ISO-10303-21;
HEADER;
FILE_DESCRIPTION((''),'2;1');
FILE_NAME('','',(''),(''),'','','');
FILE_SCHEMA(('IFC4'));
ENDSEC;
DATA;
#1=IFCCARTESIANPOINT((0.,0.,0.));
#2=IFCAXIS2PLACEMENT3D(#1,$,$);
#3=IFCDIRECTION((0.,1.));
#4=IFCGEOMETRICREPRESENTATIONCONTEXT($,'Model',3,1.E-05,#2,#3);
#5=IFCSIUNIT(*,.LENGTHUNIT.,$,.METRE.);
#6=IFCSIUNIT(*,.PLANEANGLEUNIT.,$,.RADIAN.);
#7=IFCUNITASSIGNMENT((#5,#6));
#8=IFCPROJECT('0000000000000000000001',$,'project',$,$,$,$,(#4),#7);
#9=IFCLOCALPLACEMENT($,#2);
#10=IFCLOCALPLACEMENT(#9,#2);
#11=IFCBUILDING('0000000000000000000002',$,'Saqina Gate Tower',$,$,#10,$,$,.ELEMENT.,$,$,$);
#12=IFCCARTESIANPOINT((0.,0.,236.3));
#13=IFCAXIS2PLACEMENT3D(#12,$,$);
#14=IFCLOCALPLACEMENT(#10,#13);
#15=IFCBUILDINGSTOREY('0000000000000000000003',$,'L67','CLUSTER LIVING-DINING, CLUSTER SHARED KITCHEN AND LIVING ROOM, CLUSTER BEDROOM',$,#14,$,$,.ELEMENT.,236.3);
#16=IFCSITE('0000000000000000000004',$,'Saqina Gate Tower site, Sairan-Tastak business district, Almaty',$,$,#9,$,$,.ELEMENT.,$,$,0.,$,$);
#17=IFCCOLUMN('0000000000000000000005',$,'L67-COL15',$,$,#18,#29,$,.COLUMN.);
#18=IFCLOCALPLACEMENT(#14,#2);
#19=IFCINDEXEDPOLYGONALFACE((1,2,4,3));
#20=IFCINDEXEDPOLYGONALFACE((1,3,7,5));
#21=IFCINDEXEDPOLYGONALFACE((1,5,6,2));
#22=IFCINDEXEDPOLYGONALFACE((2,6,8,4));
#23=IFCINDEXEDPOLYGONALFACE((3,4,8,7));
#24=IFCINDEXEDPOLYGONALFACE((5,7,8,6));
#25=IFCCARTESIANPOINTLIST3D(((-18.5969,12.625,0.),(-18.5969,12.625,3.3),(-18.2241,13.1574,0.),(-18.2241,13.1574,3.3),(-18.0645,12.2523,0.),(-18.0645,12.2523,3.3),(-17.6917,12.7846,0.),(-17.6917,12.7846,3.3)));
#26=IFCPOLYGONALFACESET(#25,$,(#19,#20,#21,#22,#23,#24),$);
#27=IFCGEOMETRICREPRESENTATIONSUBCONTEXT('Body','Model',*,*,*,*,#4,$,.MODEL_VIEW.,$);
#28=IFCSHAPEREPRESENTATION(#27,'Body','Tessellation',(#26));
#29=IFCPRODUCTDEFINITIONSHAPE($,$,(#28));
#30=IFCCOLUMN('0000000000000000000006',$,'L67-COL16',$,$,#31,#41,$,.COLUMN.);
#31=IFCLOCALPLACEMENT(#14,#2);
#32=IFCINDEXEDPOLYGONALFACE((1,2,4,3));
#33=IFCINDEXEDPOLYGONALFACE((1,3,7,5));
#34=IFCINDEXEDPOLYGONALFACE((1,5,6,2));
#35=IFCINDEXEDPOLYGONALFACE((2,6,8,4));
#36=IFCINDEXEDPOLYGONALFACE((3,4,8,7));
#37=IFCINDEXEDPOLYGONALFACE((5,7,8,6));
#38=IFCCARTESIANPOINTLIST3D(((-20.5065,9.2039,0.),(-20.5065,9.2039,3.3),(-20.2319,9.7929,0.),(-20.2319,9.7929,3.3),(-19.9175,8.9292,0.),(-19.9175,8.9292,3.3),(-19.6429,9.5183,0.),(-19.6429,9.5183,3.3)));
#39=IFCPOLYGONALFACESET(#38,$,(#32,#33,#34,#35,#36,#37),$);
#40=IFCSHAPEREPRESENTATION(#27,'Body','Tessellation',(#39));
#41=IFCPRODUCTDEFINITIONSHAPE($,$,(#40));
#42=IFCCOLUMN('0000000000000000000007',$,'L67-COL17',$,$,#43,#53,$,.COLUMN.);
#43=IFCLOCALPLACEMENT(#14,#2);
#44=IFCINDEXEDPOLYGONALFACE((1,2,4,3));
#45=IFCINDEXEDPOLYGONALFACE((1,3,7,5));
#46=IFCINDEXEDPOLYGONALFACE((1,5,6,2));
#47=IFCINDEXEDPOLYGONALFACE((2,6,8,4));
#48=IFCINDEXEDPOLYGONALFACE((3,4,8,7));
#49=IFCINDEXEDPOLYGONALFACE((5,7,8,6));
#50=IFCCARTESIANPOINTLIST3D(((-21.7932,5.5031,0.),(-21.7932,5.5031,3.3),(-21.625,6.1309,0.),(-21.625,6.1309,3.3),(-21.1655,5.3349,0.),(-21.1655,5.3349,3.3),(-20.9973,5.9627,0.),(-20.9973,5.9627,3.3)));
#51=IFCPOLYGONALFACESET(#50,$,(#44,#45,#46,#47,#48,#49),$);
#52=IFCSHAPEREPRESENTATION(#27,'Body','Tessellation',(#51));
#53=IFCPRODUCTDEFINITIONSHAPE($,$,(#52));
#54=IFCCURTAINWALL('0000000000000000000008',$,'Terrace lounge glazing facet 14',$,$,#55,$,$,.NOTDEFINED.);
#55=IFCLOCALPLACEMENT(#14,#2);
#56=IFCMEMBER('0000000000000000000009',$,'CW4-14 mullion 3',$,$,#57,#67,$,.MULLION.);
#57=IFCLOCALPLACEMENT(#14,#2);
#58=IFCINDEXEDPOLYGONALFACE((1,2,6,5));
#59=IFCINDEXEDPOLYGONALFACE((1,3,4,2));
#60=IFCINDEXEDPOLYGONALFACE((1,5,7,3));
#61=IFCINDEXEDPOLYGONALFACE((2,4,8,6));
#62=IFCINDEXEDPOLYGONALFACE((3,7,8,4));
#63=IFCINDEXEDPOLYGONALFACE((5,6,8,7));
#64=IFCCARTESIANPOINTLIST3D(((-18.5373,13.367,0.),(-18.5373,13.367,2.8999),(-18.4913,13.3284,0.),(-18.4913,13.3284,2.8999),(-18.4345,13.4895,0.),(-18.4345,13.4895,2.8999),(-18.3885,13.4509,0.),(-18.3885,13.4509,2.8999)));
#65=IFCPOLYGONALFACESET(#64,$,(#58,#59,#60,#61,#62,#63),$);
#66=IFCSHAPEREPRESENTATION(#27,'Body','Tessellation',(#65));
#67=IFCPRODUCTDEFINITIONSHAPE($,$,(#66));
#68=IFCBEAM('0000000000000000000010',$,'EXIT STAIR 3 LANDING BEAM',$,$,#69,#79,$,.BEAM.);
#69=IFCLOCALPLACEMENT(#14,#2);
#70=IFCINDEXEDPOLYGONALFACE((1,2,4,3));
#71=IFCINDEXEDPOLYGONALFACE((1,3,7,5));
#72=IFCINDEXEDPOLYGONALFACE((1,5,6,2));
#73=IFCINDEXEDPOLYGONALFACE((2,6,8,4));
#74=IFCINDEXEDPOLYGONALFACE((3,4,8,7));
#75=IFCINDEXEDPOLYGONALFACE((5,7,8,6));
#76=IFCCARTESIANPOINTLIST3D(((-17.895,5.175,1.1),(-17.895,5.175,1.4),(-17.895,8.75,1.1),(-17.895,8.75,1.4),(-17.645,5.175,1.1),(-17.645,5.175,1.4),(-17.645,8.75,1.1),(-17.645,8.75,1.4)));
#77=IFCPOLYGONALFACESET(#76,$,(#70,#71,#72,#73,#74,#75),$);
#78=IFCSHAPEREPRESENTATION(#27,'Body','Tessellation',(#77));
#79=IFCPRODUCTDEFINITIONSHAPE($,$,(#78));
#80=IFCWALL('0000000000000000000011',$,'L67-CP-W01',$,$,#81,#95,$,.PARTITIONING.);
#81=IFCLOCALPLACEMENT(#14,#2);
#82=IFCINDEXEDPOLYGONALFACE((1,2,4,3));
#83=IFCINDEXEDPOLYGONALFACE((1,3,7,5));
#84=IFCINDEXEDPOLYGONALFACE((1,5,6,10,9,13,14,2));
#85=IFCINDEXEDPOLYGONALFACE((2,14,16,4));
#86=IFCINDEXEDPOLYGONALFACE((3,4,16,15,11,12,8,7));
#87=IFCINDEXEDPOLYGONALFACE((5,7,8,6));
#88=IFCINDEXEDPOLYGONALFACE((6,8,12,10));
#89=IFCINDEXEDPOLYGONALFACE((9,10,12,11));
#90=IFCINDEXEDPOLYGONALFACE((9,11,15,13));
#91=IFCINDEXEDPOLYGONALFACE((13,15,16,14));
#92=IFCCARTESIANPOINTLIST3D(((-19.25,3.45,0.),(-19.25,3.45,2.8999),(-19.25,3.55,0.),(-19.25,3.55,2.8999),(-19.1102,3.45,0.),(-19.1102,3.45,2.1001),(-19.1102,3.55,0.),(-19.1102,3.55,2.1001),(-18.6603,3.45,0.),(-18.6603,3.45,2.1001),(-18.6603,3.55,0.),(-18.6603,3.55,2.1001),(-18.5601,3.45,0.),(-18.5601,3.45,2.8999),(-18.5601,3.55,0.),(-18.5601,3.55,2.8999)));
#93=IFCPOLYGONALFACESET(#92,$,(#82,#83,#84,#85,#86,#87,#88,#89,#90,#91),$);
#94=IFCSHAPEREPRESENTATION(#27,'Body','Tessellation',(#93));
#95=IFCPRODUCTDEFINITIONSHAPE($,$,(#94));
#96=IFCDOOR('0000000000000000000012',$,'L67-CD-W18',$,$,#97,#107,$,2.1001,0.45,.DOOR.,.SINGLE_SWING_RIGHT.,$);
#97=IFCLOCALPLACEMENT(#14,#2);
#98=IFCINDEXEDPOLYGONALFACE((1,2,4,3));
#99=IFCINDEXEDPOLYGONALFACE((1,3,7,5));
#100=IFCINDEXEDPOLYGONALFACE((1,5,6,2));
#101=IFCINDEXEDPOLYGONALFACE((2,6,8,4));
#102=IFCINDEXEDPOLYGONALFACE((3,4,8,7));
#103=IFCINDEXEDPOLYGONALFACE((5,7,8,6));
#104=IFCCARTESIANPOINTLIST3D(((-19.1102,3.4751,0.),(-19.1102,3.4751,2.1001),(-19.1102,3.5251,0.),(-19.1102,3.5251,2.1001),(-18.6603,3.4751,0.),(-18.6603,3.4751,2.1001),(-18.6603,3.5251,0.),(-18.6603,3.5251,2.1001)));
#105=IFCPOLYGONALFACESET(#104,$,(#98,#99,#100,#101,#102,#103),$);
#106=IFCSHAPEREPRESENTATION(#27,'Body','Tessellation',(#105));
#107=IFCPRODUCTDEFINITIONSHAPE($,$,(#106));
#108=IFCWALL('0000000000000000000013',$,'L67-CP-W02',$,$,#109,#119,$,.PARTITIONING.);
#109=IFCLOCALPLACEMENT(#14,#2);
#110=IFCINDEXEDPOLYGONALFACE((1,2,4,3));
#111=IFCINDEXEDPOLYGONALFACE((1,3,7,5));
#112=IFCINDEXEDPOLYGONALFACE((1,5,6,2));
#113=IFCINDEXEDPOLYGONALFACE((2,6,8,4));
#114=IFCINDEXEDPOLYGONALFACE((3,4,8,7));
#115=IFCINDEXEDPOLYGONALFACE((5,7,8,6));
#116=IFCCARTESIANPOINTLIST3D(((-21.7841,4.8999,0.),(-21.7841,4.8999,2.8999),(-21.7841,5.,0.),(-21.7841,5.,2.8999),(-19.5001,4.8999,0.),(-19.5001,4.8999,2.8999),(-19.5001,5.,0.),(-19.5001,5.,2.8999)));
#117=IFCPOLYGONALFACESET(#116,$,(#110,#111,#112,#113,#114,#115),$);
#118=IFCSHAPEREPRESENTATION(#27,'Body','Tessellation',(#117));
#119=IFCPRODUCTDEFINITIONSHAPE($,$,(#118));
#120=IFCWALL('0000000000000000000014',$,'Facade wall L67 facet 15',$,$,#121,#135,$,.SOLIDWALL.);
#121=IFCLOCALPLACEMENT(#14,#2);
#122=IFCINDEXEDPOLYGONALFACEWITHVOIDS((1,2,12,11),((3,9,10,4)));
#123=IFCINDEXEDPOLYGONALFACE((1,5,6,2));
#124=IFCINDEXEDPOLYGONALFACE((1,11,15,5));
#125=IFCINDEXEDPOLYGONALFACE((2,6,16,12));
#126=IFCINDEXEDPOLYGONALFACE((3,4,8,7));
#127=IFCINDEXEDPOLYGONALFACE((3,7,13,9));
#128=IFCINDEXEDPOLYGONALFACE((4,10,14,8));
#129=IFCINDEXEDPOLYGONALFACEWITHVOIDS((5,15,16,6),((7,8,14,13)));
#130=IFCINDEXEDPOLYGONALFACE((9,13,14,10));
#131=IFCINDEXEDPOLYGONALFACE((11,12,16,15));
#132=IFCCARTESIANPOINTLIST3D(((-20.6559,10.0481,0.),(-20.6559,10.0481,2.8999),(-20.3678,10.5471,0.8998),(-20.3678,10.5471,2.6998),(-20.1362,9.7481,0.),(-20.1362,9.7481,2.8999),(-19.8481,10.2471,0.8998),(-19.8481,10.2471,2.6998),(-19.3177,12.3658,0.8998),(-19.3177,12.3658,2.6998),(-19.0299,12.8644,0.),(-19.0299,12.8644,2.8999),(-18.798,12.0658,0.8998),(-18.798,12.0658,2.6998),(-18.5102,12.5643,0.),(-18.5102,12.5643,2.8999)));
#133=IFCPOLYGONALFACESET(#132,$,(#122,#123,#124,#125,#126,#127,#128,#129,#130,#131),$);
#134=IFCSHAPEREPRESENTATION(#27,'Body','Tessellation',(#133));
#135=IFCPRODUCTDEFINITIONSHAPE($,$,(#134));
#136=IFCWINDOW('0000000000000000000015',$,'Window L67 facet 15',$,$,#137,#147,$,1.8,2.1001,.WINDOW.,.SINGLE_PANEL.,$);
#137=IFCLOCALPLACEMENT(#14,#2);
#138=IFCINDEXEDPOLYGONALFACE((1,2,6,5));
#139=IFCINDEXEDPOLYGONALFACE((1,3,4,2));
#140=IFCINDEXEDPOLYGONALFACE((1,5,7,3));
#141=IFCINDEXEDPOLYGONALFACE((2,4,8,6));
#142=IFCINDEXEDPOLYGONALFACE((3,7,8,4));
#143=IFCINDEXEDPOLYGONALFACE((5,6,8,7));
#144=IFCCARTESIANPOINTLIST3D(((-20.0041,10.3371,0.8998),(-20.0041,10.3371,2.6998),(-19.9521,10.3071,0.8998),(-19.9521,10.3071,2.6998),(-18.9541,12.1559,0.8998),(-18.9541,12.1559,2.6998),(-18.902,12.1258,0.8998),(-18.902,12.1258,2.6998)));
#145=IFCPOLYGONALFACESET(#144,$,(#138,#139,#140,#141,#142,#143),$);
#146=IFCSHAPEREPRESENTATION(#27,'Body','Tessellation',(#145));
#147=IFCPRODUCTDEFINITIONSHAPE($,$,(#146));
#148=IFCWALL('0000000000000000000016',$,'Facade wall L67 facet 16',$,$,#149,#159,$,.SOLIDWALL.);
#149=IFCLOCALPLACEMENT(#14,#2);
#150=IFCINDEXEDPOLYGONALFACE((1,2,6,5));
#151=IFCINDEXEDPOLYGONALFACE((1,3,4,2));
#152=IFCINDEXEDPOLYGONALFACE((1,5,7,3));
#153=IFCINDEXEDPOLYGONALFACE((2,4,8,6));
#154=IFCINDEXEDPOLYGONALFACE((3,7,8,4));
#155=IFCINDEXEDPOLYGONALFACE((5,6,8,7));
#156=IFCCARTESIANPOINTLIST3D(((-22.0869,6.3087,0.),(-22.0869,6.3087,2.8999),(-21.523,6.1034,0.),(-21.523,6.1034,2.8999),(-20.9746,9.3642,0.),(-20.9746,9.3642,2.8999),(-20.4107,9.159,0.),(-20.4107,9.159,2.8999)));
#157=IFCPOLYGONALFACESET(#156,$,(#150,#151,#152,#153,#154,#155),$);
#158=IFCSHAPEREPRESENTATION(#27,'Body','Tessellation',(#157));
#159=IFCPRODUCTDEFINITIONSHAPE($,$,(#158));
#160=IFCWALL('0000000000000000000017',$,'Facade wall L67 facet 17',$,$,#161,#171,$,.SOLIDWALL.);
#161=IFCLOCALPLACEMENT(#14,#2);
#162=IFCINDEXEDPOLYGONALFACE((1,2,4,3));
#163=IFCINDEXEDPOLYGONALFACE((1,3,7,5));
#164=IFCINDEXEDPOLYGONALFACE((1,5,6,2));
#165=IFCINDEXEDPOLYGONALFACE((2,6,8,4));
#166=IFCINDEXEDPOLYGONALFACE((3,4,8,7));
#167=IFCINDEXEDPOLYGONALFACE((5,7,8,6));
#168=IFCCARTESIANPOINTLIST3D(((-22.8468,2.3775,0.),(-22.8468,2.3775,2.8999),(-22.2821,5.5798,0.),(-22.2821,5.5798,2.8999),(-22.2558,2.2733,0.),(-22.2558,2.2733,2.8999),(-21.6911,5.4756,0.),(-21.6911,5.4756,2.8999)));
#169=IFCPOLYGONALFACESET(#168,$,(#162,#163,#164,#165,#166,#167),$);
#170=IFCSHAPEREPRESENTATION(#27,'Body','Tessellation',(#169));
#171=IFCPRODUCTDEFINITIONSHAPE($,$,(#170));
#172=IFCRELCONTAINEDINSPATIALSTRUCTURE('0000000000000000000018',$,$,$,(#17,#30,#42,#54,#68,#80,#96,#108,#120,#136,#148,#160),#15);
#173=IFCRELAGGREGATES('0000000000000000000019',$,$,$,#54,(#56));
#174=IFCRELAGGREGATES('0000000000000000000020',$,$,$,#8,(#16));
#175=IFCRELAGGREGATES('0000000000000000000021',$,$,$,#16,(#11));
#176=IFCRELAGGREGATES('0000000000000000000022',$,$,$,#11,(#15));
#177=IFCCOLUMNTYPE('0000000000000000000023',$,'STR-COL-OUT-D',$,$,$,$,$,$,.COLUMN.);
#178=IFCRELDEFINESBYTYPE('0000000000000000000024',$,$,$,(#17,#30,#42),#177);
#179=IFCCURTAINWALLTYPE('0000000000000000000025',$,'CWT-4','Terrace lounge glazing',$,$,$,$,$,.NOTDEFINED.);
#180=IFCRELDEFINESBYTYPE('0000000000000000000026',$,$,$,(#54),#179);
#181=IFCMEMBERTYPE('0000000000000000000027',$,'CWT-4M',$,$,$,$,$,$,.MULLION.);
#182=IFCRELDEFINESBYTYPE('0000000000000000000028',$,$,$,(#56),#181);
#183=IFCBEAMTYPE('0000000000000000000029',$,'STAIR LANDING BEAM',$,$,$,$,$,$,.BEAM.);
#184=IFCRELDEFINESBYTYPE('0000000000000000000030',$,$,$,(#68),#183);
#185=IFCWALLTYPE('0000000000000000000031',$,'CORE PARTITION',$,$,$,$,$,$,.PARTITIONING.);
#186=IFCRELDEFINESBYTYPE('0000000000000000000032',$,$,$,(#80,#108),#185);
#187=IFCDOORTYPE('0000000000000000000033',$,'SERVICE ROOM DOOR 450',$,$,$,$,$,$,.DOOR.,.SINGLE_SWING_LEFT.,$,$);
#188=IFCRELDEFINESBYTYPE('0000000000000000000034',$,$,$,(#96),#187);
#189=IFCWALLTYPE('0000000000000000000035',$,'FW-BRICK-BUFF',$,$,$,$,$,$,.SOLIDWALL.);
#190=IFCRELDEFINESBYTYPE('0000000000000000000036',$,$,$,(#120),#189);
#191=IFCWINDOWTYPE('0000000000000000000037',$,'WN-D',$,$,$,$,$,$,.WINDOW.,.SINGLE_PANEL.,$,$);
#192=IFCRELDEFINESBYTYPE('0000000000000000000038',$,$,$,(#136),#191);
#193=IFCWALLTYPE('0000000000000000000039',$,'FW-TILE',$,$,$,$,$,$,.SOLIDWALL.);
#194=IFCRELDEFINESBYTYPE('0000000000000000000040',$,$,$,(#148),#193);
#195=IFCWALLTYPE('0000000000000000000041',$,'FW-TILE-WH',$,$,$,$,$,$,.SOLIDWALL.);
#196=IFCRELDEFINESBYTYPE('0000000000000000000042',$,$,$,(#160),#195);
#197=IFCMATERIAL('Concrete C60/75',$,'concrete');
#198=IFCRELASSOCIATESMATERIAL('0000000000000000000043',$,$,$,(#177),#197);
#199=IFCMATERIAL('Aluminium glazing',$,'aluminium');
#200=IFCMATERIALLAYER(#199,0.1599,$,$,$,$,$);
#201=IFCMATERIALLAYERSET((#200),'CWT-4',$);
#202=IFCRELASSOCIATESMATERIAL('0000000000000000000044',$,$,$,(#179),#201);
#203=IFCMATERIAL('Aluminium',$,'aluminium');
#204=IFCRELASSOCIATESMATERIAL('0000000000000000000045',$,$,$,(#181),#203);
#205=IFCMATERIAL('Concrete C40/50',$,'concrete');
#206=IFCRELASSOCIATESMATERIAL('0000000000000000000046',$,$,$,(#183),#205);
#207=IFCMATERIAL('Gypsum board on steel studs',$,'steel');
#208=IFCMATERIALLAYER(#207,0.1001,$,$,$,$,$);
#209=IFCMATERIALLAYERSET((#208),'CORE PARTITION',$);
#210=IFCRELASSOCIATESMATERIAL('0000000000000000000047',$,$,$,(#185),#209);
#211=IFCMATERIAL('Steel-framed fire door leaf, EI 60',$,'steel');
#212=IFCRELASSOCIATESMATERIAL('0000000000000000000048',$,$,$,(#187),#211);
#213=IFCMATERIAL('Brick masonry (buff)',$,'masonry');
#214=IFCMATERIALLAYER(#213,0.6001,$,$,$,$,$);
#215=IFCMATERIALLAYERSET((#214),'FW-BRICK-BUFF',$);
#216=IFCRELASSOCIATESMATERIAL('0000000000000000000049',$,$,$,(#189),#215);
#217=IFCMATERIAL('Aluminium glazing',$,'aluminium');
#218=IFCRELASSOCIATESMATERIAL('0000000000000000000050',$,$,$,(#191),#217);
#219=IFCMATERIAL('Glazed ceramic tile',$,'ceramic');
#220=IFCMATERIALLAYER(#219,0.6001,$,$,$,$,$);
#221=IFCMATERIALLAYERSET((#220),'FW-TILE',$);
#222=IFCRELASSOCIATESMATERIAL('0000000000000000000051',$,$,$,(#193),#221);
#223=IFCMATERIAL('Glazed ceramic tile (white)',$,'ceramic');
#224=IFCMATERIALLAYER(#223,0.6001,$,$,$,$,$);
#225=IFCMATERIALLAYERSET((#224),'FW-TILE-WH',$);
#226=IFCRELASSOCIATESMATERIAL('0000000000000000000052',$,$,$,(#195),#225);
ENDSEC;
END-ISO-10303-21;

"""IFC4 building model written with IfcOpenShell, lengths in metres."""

from ifc_helpers import new_model, si_unit, direction, frame, frame_2d, origin, origin_2d, place, context, subcontext, project, spatial, rectangle, extrude, material, layer, layer_set, material_profile, profile_set, type_object, element, fill, aggregate, save


model = new_model("IFC4")

# Units and contexts
model_context = context("Model", 3, precision=1e-05, world=origin(), true_north=direction((0.0, 1.0)))
body_context = subcontext(model_context, "Body", "Model", "MODEL_VIEW")
ifc_project = project(units=[si_unit("LENGTHUNIT", "METRE"), si_unit("PLANEANGLEUNIT", "RADIAN")], contexts=[model_context])

# Site, building, storey
site_placement = place(None, origin())
site = spatial("IfcSite", under=ifc_project, at=site_placement, Name="Saqina Gate Tower site, Sairan-Tastak business district, Almaty", CompositionType="ELEMENT", RefElevation=0.0)
building_placement = place(site_placement, origin())
building = spatial("IfcBuilding", under=site, at=building_placement, Name="Saqina Gate Tower", CompositionType="ELEMENT")
storey_placement = place(building_placement, frame((0.0, 0.0, 236.3)))
storey = spatial("IfcBuildingStorey", under=building, at=storey_placement, Name="L67", Description="CLUSTER LIVING-DINING, CLUSTER SHARED KITCHEN AND LIVING ROOM, CLUSTER BEDROOM", CompositionType="ELEMENT", Elevation=236.3)

# Columns
ifc_material_1 = material(Name="Concrete C60/75", Category="concrete")
ifc_material_profile_1 = material_profile(ifc_material_1, rectangle(XDim=0.6499, YDim=0.6499, at=origin_2d()), Name="RC 650x650")
ifc_profile_set_1 = profile_set([ifc_material_profile_1], Name="Concrete C60/75")
column_type = type_object("IfcColumnType", Name="STR-COL-OUT-D", PredefinedType="COLUMN", material=ifc_profile_set_1)
for number, where, z_axis, x_axis, name in (
    (1, (-18.1443, 12.7048, 0.0), (0.0, 0.0, 1.0), (-0.819152, 0.573576, 0.0), "L67-COL15"),
    (2, (-20.0747, 9.3611, 0.0), (0.0, 0.0, 1.0), (-0.906308, 0.422618, 0.0), "L67-COL16"),
    (3, (-21.3953, 5.7329, 0.0), (0.0, 0.0, 1.0), (-0.965926, 0.258819, 0.0), "L67-COL17"),
):
    element("IfcColumn", number, at=place(storey_placement, frame(where, z_axis=z_axis, x_axis=x_axis)), inside=storey, type_object=column_type, Name=name, PredefinedType="COLUMN", context=body_context, shape_type="SweptSolid", body=[
        extrude(rectangle(XDim=0.6499, YDim=0.6499, at=origin_2d()), origin(), (0.0, 0.0, 1.0), 3.3),
    ])

# Curtain wall, member
ifc_material_2 = material(Name="Aluminium glazing", Category="aluminium")
ifc_layer_1 = layer(ifc_material_2, 0.1599)
ifc_layer_set_1 = layer_set([ifc_layer_1], Name="CWT-4")
curtain_wall_type = type_object("IfcCurtainWallType", Name="CWT-4", Description="Terrace lounge glazing", PredefinedType="NOTDEFINED", material=ifc_layer_set_1)
curtain_wall_placement = place(storey_placement, origin())
curtain_wall = element("IfcCurtainWall", 4, at=curtain_wall_placement, inside=storey, type_object=curtain_wall_type, Name="Terrace lounge glazing facet 14", PredefinedType="NOTDEFINED")
ifc_material_3 = material(Name="Aluminium", Category="aluminium")
ifc_material_profile_2 = material_profile(ifc_material_3, rectangle(XDim=0.0601, YDim=0.1599, at=origin_2d()), Name="Aluminium 60x160")
ifc_profile_set_2 = profile_set([ifc_material_profile_2], Name="Aluminium")
member_type = type_object("IfcMemberType", Name="CWT-4M", PredefinedType="MULLION", material=ifc_profile_set_2)
member_placement = place(storey_placement, frame((-18.4629, 13.4089, 0.0), z_axis=(0.0, 0.0, 1.0), x_axis=(0.766046, -0.642785, 0.0)))
member = element("IfcMember", 5, at=member_placement, type_object=member_type, Name="CW4-14 mullion 3", PredefinedType="MULLION", context=body_context, shape_type="SweptSolid", body=[
    extrude(rectangle(XDim=0.0601, YDim=0.1599, at=origin_2d()), origin(), (0.0, 0.0, 1.0), 2.8999),
])
aggregate(curtain_wall, [member])

# Beam
ifc_material_4 = material(Name="Concrete C40/50", Category="concrete")
ifc_material_profile_3 = material_profile(ifc_material_4, rectangle(XDim=0.25, YDim=0.3, at=origin_2d()), Name="STAIR LANDING BEAM")
ifc_profile_set_3 = profile_set([ifc_material_profile_3], Name="Concrete C40/50")
beam_type = type_object("IfcBeamType", Name="STAIR LANDING BEAM", PredefinedType="BEAM", material=ifc_profile_set_3)
beam_placement = place(storey_placement, frame((-17.77, 5.175, 1.25), z_axis=(0.0, 1.0, 0.0), x_axis=(-1.0, 0.0, 0.0)))
element("IfcBeam", 6, at=beam_placement, inside=storey, type_object=beam_type, Name="EXIT STAIR 3 LANDING BEAM", PredefinedType="BEAM", context=body_context, shape_type="SweptSolid", body=[
    extrude(rectangle(XDim=0.25, YDim=0.3, at=origin_2d()), origin(), (0.0, 0.0, 1.0), 3.575),
])

# Wall, opening, door
ifc_material_5 = material(Name="Gypsum board on steel studs", Category="steel")
ifc_layer_2 = layer(ifc_material_5, 0.1001)
ifc_layer_set_2 = layer_set([ifc_layer_2], Name="CORE PARTITION")
wall_type_1 = type_object("IfcWallType", Name="CORE PARTITION", PredefinedType="PARTITIONING", material=ifc_layer_set_2)
wall_1_placement = place(storey_placement, frame((-18.5601, 3.5, 0.0), z_axis=(0.0, 0.0, 1.0), x_axis=(-1.0, 0.0, 0.0)))
wall_1 = element("IfcWall", 7, at=wall_1_placement, inside=storey, type_object=wall_type_1, Name="L67-CP-W01", PredefinedType="PARTITIONING", context=body_context, shape_type="SweptSolid", body=[
    extrude(rectangle(XDim=0.6899, YDim=0.1001, at=frame_2d((0.345, 0.0))), origin(), (0.0, 0.0, 1.0), 2.8999),
])
opening_1_placement = place(wall_1_placement, frame((0.1001, 0.0, 0.0)))
opening_1 = element("IfcOpeningElement", 8, at=opening_1_placement, cuts=wall_1, PredefinedType="OPENING", context=body_context, shape_type="SweptSolid", body=[
    extrude(rectangle(XDim=0.45, YDim=2.1001, at=frame_2d((0.2251, 1.05))), frame((0.0, 0.062, 0.0), z_axis=(0.0, -1.0, 0.0), x_axis=(1.0, 0.0, 0.0)), (0.0, 0.0, 1.0), 0.124),
])
ifc_material_6 = material(Name="Steel-framed fire door leaf, EI 60", Category="steel")
door_type_1 = type_object("IfcDoorType", Name="SERVICE ROOM DOOR 450", OperationType="SINGLE_SWING_LEFT", PredefinedType="DOOR", material=ifc_material_6)
door_1_placement = place(opening_1_placement, origin())
door_1 = element("IfcDoor", 9, at=door_1_placement, inside=storey, type_object=door_type_1, Name="L67-CD-W18", OperationType="SINGLE_SWING_RIGHT", OverallHeight=2.1001, OverallWidth=0.45, PredefinedType="DOOR", context=body_context, shape_type="SweptSolid", body=[
    extrude(rectangle(XDim=0.45, YDim=2.1001, at=frame_2d((0.2251, 1.05))), frame((0.0, 0.0249, 0.0), z_axis=(0.0, -1.0, 0.0), x_axis=(1.0, 0.0, 0.0)), (0.0, 0.0, 1.0), 0.05),
])
fill(opening_1, door_1)

# Wall
wall_2_placement = place(storey_placement, frame((-19.5, 4.95, 0.0), z_axis=(0.0, 0.0, 1.0), x_axis=(-1.0, 0.0, 0.0)))
element("IfcWall", 10, at=wall_2_placement, inside=storey, type_object=wall_type_1, Name="L67-CP-W02", PredefinedType="PARTITIONING", context=body_context, shape_type="SweptSolid", body=[
    extrude(rectangle(XDim=2.2839, YDim=0.1001, at=frame_2d((1.1421, 0.0))), origin(), (0.0, 0.0, 1.0), 2.8999),
])

# Wall, opening, window
ifc_material_7 = material(Name="Brick masonry (buff)", Category="masonry")
ifc_layer_3 = layer(ifc_material_7, 0.6001)
ifc_layer_set_3 = layer_set([ifc_layer_3], Name="FW-BRICK-BUFF")
wall_type_2 = type_object("IfcWallType", Name="FW-BRICK-BUFF", PredefinedType="SOLIDWALL", material=ifc_layer_set_3)
wall_3_placement = place(storey_placement, frame((-18.77, 12.7144, 0.0), z_axis=(0.0, 0.0, 1.0), x_axis=(-0.500015, -0.866017, 0.0)))
wall_3 = element("IfcWall", 11, at=wall_3_placement, inside=storey, type_object=wall_type_2, Name="Facade wall L67 facet 15", PredefinedType="SOLIDWALL", context=body_context, shape_type="SweptSolid", body=[
    extrude(rectangle(XDim=3.252, YDim=0.6001, at=frame_2d((1.626, 0.0))), origin(), (0.0, 0.0, 1.0), 2.8999),
])
opening_2_placement = place(wall_3_placement, frame((0.5757, 0.0, 0.8999)))
opening_2 = element("IfcOpeningElement", 12, at=opening_2_placement, cuts=wall_3, PredefinedType="OPENING", context=body_context, shape_type="SweptSolid", body=[
    extrude(rectangle(XDim=2.1001, YDim=1.8, at=frame_2d((1.05, 0.8999))), frame((0.0, 0.312, 0.0), z_axis=(0.0, -1.0, 0.0), x_axis=(1.0, 0.0, 0.0)), (0.0, 0.0, 1.0), 0.624),
])
ifc_material_8 = material(Name="Aluminium glazing", Category="aluminium")
window_type = type_object("IfcWindowType", Name="WN-D", PartitioningType="SINGLE_PANEL", PredefinedType="WINDOW", material=ifc_material_8)
window_placement = place(opening_2_placement, origin())
window = element("IfcWindow", 13, at=window_placement, inside=storey, type_object=window_type, Name="Window L67 facet 15", OverallHeight=1.8, OverallWidth=2.1001, PartitioningType="SINGLE_PANEL", PredefinedType="WINDOW", context=body_context, shape_type="SweptSolid", body=[
    extrude(rectangle(XDim=2.1001, YDim=1.8, at=frame_2d((1.05, 0.8999))), frame((0.0, 0.1799, 0.0), z_axis=(0.0, -1.0, 0.0), x_axis=(1.0, 0.0, 0.0)), (0.0, 0.0, 1.0), 0.0601),
])
fill(opening_2, window)

# Walls
ifc_material_9 = material(Name="Glazed ceramic tile", Category="ceramic")
ifc_layer_4 = layer(ifc_material_9, 0.6001)
ifc_layer_set_4 = layer_set([ifc_layer_4], Name="FW-TILE")
wall_type_3 = type_object("IfcWallType", Name="FW-TILE", PredefinedType="SOLIDWALL", material=ifc_layer_set_4)
wall_4_placement = place(storey_placement, frame((-20.6926, 9.2617, 0.0), z_axis=(0.0, 0.0, 1.0), x_axis=(-0.342057, -0.939679, 0.0)))
element("IfcWall", 14, at=wall_4_placement, inside=storey, type_object=wall_type_3, Name="Facade wall L67 facet 16", PredefinedType="SOLIDWALL", context=body_context, shape_type="SweptSolid", body=[
    extrude(rectangle(XDim=3.2517, YDim=0.6001, at=frame_2d((1.626, 0.0))), origin(), (0.0, 0.0, 1.0), 2.8999),
])
ifc_material_10 = material(Name="Glazed ceramic tile (white)", Category="ceramic")
ifc_layer_5 = layer(ifc_material_10, 0.6001)
ifc_layer_set_5 = layer_set([ifc_layer_5], Name="FW-TILE-WH")
wall_type_4 = type_object("IfcWallType", Name="FW-TILE-WH", PredefinedType="SOLIDWALL", material=ifc_layer_set_5)
wall_5_placement = place(storey_placement, frame((-21.9866, 5.5278, 0.0), z_axis=(0.0, 0.0, 1.0), x_axis=(-0.173657, -0.984806, 0.0)))
element("IfcWall", 15, at=wall_5_placement, inside=storey, type_object=wall_type_4, Name="Facade wall L67 facet 17", PredefinedType="SOLIDWALL", context=body_context, shape_type="SweptSolid", body=[
    extrude(rectangle(XDim=3.2517, YDim=0.6001, at=frame_2d((1.626, 0.0))), origin(), (0.0, 0.0, 1.0), 2.8999),
])

save(model, "model.ifc")
